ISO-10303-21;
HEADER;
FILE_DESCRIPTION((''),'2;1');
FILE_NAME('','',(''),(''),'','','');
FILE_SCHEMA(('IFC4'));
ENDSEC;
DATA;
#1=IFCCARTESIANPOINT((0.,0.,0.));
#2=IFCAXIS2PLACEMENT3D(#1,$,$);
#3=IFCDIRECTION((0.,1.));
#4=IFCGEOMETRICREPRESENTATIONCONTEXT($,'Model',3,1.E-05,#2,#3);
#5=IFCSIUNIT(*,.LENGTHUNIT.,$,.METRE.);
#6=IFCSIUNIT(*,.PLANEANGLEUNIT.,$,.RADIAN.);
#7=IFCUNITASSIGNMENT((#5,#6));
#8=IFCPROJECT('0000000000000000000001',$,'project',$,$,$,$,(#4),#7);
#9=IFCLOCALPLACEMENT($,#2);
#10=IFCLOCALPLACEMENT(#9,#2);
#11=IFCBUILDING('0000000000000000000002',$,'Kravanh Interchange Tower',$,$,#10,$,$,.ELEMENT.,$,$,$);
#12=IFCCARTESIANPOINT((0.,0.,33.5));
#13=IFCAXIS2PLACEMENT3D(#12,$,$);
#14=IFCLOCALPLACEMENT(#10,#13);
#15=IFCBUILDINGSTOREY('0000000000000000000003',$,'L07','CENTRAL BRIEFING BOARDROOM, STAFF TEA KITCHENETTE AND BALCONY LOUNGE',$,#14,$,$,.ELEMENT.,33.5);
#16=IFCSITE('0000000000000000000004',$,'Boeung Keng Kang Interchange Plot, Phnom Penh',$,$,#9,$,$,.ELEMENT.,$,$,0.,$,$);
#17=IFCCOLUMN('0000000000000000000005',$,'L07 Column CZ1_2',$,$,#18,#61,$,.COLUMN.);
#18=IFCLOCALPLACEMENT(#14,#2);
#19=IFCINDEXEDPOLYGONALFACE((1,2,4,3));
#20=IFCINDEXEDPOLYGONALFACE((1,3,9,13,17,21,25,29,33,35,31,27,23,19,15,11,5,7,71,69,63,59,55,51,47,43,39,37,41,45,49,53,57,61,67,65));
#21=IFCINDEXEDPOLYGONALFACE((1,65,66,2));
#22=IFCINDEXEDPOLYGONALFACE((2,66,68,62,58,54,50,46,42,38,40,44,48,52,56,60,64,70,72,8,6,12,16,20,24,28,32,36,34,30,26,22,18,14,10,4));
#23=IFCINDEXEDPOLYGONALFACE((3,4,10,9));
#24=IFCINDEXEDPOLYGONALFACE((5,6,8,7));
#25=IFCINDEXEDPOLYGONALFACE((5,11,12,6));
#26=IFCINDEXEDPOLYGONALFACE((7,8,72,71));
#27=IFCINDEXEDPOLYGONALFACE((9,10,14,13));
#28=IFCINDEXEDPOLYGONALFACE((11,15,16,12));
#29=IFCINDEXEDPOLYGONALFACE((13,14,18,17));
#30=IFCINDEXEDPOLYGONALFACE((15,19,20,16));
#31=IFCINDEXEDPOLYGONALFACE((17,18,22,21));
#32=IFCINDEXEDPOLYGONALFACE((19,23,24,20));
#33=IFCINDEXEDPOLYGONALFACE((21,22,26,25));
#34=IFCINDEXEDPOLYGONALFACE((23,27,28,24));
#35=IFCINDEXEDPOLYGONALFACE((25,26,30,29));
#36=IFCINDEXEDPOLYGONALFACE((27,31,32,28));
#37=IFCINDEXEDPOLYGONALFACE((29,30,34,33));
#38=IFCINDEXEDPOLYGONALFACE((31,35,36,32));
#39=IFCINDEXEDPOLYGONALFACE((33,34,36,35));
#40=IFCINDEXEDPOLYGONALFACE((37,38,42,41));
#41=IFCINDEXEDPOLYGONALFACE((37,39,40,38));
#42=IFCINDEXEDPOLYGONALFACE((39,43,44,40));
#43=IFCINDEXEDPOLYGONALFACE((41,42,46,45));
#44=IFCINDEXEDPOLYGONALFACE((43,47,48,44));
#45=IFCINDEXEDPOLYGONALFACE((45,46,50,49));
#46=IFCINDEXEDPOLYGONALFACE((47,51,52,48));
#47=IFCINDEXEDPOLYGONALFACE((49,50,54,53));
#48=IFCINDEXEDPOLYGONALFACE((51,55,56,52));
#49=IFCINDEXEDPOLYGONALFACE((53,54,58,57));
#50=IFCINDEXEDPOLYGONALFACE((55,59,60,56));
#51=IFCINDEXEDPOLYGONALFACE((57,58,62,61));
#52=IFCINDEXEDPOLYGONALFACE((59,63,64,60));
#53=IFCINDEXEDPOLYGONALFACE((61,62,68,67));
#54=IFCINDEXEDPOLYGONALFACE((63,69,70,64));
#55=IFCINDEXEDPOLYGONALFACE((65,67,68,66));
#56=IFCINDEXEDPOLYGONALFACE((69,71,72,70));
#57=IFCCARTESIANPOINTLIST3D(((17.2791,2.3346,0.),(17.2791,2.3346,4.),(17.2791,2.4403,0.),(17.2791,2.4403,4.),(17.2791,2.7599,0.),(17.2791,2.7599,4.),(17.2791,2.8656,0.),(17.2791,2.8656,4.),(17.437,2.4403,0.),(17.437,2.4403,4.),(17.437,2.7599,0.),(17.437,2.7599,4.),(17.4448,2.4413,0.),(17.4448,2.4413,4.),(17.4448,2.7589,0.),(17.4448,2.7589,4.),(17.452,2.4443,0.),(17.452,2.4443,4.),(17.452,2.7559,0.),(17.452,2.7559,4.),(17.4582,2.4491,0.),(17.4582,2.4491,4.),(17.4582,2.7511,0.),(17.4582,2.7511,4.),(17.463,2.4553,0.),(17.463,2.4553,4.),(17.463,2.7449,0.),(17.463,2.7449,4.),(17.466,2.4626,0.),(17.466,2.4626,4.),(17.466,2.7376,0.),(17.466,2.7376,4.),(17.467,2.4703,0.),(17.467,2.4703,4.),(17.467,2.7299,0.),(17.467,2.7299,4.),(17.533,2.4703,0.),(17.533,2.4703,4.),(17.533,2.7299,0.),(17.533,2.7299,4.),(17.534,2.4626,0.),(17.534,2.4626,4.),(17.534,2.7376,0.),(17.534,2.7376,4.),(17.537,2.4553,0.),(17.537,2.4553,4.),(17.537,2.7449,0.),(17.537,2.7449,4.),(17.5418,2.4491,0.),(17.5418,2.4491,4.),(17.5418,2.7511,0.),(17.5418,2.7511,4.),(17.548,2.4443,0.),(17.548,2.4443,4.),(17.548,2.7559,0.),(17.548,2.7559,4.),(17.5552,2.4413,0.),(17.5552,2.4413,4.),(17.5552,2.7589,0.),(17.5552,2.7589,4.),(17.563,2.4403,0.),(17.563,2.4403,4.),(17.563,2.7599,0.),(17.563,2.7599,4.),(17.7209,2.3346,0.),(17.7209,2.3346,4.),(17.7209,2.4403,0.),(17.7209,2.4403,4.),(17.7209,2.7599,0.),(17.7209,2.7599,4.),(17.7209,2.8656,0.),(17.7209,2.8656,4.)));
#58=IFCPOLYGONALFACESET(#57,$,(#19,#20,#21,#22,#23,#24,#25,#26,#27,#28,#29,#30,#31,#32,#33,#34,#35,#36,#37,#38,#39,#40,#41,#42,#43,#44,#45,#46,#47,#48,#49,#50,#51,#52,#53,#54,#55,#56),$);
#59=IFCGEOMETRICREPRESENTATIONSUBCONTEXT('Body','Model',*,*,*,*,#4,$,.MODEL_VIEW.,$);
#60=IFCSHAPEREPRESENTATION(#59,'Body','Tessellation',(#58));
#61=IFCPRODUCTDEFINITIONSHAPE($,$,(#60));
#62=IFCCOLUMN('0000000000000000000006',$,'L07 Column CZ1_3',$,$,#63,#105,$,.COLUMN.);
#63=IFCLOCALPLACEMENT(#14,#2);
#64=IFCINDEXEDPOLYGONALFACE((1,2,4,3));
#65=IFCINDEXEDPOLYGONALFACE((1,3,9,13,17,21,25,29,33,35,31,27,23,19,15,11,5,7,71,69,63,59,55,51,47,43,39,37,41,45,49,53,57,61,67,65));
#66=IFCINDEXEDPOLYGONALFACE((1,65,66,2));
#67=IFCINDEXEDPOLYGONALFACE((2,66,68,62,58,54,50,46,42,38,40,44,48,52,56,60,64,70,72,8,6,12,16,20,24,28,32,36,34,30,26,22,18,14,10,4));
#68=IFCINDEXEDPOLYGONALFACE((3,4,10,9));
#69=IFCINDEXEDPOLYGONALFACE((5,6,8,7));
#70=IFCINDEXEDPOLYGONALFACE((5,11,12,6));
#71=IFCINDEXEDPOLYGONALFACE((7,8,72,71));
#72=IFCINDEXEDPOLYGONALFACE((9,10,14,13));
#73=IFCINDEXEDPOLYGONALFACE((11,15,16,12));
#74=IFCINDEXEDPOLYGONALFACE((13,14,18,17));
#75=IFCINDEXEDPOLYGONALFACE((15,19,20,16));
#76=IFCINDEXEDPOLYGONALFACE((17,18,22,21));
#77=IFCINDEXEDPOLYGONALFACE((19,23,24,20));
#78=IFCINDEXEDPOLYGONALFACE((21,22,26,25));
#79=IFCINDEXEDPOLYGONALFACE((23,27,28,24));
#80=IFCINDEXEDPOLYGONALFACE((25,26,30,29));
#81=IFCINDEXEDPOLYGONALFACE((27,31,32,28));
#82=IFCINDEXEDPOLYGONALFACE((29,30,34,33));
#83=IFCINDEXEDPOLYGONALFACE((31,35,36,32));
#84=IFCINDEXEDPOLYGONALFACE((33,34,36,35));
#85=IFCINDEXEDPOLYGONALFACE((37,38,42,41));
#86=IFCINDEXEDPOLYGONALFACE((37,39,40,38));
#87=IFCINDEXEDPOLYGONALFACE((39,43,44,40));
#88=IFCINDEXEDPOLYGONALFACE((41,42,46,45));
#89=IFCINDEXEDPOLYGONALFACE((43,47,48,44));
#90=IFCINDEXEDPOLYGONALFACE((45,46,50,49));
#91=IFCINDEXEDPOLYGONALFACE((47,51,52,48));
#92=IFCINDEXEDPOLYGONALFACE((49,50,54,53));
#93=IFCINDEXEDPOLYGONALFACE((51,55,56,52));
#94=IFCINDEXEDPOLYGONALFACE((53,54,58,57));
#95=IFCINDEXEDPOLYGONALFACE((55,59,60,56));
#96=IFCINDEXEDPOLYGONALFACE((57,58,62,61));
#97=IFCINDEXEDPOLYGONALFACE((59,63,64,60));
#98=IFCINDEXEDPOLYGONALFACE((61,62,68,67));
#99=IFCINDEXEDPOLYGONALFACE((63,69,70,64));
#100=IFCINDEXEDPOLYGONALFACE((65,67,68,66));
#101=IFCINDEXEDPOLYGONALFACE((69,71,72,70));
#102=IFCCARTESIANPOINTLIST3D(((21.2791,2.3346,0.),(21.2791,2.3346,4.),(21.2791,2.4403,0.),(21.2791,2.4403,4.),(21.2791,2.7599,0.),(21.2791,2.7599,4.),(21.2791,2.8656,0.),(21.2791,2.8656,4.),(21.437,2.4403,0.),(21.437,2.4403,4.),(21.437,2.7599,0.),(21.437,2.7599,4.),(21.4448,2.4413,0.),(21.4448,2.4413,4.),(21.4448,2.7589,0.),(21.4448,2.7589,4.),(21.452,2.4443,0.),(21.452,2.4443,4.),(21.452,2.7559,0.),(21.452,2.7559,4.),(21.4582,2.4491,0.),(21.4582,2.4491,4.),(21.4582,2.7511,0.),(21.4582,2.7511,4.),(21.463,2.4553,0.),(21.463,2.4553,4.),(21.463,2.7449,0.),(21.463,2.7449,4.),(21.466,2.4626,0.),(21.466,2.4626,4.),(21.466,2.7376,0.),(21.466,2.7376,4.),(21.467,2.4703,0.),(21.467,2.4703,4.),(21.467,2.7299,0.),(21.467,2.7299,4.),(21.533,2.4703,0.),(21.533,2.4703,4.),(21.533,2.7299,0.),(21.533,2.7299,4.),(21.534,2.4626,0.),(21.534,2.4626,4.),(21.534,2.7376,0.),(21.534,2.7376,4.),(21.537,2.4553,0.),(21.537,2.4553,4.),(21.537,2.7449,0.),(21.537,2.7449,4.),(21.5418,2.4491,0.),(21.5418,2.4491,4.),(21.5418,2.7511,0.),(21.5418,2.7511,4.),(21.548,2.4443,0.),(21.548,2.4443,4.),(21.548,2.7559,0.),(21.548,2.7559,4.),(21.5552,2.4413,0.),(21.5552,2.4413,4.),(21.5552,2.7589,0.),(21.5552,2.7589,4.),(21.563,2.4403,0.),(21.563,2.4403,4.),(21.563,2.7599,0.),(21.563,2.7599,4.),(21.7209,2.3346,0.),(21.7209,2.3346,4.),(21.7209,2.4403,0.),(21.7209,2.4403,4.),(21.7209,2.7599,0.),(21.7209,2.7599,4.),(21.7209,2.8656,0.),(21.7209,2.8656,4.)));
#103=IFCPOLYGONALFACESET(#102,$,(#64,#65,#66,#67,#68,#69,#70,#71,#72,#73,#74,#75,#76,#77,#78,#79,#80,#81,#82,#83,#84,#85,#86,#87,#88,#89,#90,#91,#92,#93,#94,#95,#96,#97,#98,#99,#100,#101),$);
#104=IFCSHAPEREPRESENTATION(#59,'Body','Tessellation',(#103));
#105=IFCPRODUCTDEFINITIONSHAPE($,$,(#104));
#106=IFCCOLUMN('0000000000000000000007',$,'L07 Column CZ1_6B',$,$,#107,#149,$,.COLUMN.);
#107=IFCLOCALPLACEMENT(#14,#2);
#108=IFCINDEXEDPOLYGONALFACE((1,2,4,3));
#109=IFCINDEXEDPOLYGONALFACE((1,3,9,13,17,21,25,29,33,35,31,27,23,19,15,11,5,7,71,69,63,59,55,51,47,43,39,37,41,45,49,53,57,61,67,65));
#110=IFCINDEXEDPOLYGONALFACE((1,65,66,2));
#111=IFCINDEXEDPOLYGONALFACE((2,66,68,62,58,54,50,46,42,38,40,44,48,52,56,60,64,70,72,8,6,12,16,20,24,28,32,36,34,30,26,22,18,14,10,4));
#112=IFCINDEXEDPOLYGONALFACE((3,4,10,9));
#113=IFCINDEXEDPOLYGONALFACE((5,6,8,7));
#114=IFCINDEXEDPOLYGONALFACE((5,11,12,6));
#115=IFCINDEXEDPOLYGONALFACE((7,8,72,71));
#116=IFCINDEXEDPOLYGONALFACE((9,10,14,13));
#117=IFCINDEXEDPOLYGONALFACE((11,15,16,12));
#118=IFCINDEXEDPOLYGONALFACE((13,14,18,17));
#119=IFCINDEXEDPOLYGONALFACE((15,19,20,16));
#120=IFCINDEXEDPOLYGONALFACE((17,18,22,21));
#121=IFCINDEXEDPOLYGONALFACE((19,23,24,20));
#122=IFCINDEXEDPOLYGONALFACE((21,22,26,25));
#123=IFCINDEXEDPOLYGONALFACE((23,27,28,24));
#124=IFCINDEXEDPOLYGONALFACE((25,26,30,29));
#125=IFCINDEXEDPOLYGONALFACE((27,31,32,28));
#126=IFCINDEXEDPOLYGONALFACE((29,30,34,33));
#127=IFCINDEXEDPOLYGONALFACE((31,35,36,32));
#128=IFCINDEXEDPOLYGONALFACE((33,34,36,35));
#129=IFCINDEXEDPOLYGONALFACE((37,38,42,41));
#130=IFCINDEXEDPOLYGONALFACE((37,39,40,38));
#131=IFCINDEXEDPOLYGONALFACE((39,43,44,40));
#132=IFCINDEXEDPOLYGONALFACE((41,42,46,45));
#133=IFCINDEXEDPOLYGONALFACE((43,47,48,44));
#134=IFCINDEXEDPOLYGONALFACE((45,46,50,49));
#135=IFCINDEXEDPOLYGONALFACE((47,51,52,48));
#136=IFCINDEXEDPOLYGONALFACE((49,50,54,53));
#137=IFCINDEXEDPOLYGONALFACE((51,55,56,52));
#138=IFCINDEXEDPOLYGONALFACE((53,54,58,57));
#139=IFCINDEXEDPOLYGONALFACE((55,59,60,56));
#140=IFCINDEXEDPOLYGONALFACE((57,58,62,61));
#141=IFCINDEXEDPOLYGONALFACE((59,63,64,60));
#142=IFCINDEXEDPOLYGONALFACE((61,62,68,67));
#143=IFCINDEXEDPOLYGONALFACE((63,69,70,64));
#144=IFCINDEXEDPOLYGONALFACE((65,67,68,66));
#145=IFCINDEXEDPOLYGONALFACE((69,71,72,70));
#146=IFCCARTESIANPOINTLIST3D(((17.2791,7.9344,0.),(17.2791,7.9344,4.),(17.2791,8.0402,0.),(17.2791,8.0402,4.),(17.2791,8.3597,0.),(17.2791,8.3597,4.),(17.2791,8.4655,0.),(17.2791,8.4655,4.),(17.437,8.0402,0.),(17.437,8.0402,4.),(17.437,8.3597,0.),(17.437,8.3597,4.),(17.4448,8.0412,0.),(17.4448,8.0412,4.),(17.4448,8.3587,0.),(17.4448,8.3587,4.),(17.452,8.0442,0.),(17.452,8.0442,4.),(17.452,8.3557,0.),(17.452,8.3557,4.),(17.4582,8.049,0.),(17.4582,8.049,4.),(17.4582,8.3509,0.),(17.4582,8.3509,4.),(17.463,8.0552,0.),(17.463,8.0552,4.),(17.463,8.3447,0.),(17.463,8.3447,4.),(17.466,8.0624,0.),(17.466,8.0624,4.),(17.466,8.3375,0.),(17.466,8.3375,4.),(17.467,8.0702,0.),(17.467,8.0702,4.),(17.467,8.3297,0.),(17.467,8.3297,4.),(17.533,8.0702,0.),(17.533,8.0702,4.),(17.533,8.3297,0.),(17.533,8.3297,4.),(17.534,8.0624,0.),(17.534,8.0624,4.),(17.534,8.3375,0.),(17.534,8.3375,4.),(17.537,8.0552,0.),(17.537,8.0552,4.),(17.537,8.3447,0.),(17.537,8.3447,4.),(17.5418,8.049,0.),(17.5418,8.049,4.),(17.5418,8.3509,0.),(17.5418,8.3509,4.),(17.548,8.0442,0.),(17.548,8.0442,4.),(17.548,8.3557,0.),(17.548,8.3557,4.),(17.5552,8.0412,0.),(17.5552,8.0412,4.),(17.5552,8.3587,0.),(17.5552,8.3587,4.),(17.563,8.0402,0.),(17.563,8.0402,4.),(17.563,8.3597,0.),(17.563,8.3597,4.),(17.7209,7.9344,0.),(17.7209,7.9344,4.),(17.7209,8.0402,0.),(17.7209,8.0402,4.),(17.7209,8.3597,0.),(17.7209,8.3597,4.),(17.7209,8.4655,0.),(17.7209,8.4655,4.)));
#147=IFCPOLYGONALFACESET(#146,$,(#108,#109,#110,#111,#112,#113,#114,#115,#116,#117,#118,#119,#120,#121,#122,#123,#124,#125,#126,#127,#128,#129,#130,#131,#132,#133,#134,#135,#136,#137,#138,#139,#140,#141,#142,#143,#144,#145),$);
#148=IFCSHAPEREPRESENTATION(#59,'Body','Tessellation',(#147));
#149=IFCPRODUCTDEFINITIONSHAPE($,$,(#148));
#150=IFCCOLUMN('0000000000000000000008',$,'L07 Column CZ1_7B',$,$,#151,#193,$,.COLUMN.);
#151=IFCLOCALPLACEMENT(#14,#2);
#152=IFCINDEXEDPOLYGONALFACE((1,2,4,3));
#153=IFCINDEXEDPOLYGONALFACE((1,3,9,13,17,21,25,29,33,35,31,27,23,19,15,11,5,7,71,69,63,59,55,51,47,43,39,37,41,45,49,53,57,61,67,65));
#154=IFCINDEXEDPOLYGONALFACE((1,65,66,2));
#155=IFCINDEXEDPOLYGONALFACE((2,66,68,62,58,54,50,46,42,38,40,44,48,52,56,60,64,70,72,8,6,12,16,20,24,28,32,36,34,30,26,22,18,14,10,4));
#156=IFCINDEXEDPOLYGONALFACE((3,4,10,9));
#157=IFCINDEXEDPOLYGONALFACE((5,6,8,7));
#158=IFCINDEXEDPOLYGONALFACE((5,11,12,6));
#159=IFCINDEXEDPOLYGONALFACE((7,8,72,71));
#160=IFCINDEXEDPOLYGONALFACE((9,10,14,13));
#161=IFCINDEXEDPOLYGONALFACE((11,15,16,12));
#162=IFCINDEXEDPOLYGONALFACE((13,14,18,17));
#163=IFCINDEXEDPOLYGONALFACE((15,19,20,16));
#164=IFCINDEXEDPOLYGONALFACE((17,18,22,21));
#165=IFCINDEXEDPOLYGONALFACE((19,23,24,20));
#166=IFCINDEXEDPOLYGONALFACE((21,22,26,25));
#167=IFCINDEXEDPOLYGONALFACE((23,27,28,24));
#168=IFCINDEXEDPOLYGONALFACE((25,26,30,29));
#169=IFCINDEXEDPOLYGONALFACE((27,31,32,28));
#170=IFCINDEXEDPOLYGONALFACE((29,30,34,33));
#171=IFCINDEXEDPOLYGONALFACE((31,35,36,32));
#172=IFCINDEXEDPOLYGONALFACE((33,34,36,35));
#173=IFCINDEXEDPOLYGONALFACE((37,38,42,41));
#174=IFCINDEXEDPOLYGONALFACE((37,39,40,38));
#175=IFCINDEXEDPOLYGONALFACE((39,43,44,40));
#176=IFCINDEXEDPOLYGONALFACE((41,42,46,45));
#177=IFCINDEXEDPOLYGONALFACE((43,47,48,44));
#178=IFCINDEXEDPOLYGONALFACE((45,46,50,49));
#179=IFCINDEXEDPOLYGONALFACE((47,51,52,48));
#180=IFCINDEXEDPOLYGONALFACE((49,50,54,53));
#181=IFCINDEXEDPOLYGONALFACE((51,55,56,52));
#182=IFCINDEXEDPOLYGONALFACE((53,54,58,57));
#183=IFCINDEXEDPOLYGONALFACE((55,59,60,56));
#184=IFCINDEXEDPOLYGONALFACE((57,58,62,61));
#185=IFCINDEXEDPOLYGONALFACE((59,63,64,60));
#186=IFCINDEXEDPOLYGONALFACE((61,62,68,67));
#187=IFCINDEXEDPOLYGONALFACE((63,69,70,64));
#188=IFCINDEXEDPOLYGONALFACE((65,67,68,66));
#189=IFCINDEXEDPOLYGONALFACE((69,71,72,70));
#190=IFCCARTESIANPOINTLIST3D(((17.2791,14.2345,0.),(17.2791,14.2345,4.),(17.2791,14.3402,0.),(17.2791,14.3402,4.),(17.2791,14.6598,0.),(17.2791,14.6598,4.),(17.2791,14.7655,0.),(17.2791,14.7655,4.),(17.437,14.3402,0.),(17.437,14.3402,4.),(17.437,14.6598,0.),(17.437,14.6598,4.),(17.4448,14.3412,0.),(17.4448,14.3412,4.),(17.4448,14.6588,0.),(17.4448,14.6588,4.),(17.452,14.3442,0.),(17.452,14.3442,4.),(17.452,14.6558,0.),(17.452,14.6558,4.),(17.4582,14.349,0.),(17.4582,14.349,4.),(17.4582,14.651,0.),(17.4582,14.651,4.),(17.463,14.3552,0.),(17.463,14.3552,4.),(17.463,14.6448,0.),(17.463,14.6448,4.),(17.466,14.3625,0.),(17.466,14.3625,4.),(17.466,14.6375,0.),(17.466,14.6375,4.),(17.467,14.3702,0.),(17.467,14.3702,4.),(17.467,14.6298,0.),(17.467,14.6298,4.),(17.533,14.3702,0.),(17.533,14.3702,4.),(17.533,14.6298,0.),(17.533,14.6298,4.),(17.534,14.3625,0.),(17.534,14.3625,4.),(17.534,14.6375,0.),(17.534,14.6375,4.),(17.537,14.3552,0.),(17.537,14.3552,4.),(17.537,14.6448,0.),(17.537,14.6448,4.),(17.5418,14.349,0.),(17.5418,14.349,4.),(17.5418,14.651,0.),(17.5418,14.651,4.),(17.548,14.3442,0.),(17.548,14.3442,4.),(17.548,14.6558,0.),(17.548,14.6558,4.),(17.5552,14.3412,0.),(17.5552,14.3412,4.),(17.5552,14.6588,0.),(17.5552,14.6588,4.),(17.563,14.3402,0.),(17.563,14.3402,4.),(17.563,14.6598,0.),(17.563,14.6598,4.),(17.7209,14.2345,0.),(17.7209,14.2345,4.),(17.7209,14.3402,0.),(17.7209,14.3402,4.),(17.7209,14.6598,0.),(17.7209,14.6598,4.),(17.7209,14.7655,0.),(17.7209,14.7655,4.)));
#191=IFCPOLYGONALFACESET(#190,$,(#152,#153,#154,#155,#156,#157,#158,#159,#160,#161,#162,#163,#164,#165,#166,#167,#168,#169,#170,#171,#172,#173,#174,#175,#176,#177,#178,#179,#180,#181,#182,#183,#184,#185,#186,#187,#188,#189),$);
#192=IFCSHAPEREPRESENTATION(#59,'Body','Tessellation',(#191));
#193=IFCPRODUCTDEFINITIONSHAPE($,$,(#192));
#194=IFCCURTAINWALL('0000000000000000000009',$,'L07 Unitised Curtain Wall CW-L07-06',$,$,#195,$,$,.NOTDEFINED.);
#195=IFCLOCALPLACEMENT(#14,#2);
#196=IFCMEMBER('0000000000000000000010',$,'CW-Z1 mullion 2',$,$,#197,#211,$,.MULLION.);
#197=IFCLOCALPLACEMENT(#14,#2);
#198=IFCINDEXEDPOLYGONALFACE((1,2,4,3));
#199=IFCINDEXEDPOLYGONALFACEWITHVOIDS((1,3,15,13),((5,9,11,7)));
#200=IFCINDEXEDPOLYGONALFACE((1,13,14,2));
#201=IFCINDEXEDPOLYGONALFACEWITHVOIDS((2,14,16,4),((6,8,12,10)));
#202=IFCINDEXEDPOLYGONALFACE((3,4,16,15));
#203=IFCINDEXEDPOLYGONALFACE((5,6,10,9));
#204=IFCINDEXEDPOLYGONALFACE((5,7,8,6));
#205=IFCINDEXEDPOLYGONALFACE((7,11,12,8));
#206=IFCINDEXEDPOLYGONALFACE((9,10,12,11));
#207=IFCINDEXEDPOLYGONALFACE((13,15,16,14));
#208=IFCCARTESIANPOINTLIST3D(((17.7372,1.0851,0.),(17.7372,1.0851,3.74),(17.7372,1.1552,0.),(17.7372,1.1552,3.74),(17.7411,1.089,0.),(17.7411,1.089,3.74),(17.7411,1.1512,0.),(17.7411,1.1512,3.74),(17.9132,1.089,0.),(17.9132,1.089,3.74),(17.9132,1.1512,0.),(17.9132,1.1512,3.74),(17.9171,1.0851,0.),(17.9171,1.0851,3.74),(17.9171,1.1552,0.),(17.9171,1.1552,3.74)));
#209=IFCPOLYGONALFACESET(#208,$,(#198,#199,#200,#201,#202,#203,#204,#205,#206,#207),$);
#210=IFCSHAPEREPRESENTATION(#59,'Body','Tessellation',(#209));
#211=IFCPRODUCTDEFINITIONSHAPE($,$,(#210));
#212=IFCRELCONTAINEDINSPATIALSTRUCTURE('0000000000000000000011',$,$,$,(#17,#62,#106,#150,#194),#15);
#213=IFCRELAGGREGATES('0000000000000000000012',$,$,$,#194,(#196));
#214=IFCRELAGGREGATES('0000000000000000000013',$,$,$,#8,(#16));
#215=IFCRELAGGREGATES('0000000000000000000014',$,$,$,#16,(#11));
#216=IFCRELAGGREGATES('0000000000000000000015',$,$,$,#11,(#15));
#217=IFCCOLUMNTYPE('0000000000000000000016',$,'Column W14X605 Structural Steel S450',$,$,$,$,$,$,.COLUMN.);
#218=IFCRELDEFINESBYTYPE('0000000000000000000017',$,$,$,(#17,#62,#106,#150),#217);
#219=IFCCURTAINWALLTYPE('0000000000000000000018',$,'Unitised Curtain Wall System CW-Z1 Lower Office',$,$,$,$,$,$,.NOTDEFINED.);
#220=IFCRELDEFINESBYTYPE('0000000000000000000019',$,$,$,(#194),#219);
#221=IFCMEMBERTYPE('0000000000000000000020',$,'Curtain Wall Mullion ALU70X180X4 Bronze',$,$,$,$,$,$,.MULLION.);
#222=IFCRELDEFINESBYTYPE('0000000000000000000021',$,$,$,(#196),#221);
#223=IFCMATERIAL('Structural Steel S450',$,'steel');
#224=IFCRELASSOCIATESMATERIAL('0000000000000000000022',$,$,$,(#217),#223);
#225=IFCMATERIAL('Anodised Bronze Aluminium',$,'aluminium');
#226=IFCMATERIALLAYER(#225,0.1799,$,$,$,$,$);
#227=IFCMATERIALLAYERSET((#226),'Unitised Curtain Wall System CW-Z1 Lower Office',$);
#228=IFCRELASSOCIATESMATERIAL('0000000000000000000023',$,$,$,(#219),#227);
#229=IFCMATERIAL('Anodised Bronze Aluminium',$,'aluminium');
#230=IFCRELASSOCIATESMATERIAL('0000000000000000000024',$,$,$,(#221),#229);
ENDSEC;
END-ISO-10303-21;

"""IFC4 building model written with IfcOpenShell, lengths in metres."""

from ifc_helpers import new_model, si_unit, direction, frame, origin, origin_2d, place, context, subcontext, project, spatial, hollow_rectangle, i_section, extrude, material, layer, layer_set, material_profile, profile_set, type_object, element, aggregate, save


model = new_model("IFC4")

# Units and contexts
model_context = context("Model", 3, precision=1e-05, world=origin(), true_north=direction((0.0, 1.0)))
body_context = subcontext(model_context, "Body", "Model", "MODEL_VIEW")
ifc_project = project(units=[si_unit("LENGTHUNIT", "METRE"), si_unit("PLANEANGLEUNIT", "RADIAN")], contexts=[model_context])

# Site, building, storey
site_placement = place(None, origin())
site = spatial("IfcSite", under=ifc_project, at=site_placement, Name="Boeung Keng Kang Interchange Plot, Phnom Penh", CompositionType="ELEMENT", RefElevation=0.0)
building_placement = place(site_placement, origin())
building = spatial("IfcBuilding", under=site, at=building_placement, Name="Kravanh Interchange Tower", CompositionType="ELEMENT")
storey_placement = place(building_placement, frame((0.0, 0.0, 33.5)))
storey = spatial("IfcBuildingStorey", under=building, at=storey_placement, Name="L07", Description="CENTRAL BRIEFING BOARDROOM, STAFF TEA KITCHENETTE AND BALCONY LOUNGE", CompositionType="ELEMENT", Elevation=33.5)

# Columns
ifc_material_1 = material(Name="Structural Steel S450", Category="steel")
ifc_material_profile_1 = material_profile(ifc_material_1, i_section(OverallWidth=0.4419, OverallDepth=0.531, WebThickness=0.0659, FlangeThickness=0.1057, FilletRadius=0.03, at=origin_2d()), Name="W14X605")
ifc_profile_set_1 = profile_set([ifc_material_profile_1], Name="Structural Steel S450")
column_type = type_object("IfcColumnType", Name="Column W14X605 Structural Steel S450", PredefinedType="COLUMN", material=ifc_profile_set_1)
for number, where, z_axis, x_axis, name in (
    (1, (17.5, 2.6001, 0.0), (0.0, 0.0, 1.0), (1.0, 0.0, 0.0), "L07 Column CZ1_2"),
    (2, (21.5, 2.6001, 0.0), (0.0, 0.0, 1.0), (1.0, 0.0, 0.0), "L07 Column CZ1_3"),
    (3, (17.5, 8.2, 0.0), (0.0, 0.0, 1.0), (1.0, 0.0, 0.0), "L07 Column CZ1_6B"),
    (4, (17.5, 14.5, 0.0), (0.0, 0.0, 1.0), (1.0, 0.0, 0.0), "L07 Column CZ1_7B"),
):
    element("IfcColumn", number, at=place(storey_placement, frame(where, z_axis=z_axis, x_axis=x_axis)), inside=storey, type_object=column_type, Name=name, PredefinedType="COLUMN", context=body_context, shape_type="SweptSolid", body=[
        extrude(i_section(OverallWidth=0.4419, OverallDepth=0.531, WebThickness=0.0659, FlangeThickness=0.1057, FilletRadius=0.03, at=origin_2d()), origin(), (0.0, 0.0, 1.0), 4.0),
    ])

# Curtain wall, member
ifc_material_2 = material(Name="Anodised Bronze Aluminium", Category="aluminium")
ifc_layer_1 = layer(ifc_material_2, 0.1799)
ifc_layer_set_1 = layer_set([ifc_layer_1], Name="Unitised Curtain Wall System CW-Z1 Lower Office")
curtain_wall_type = type_object("IfcCurtainWallType", Name="Unitised Curtain Wall System CW-Z1 Lower Office", PredefinedType="NOTDEFINED", material=ifc_layer_set_1)
curtain_wall_placement = place(storey_placement, origin())
curtain_wall = element("IfcCurtainWall", 5, at=curtain_wall_placement, inside=storey, type_object=curtain_wall_type, Name="L07 Unitised Curtain Wall CW-L07-06", PredefinedType="NOTDEFINED")
ifc_material_3 = material(Name="Anodised Bronze Aluminium", Category="aluminium")
ifc_material_profile_2 = material_profile(ifc_material_3, hollow_rectangle(XDim=0.0701, YDim=0.1799, WallThickness=0.0039, at=origin_2d()), Name="ALU70X180X4")
ifc_profile_set_2 = profile_set([ifc_material_profile_2], Name="Anodised Bronze Aluminium")
member_type_1 = type_object("IfcMemberType", Name="Curtain Wall Mullion ALU70X180X4 Bronze", PredefinedType="MULLION", material=ifc_profile_set_2)
member_1_placement = place(storey_placement, frame((17.8271, 1.1201, 0.0), z_axis=(0.0, 0.0, 1.0), x_axis=(0.0, -1.0, 0.0)))
member_1 = element("IfcMember", 6, at=member_1_placement, type_object=member_type_1, Name="CW-Z1 mullion 2", PredefinedType="MULLION", context=body_context, shape_type="SweptSolid", body=[
    extrude(hollow_rectangle(XDim=0.0701, YDim=0.1799, WallThickness=0.0039, at=origin_2d()), origin(), (0.0, 0.0, 1.0), 3.74),
])

aggregate(curtain_wall, [member_1])

save(model, "model.ifc")
